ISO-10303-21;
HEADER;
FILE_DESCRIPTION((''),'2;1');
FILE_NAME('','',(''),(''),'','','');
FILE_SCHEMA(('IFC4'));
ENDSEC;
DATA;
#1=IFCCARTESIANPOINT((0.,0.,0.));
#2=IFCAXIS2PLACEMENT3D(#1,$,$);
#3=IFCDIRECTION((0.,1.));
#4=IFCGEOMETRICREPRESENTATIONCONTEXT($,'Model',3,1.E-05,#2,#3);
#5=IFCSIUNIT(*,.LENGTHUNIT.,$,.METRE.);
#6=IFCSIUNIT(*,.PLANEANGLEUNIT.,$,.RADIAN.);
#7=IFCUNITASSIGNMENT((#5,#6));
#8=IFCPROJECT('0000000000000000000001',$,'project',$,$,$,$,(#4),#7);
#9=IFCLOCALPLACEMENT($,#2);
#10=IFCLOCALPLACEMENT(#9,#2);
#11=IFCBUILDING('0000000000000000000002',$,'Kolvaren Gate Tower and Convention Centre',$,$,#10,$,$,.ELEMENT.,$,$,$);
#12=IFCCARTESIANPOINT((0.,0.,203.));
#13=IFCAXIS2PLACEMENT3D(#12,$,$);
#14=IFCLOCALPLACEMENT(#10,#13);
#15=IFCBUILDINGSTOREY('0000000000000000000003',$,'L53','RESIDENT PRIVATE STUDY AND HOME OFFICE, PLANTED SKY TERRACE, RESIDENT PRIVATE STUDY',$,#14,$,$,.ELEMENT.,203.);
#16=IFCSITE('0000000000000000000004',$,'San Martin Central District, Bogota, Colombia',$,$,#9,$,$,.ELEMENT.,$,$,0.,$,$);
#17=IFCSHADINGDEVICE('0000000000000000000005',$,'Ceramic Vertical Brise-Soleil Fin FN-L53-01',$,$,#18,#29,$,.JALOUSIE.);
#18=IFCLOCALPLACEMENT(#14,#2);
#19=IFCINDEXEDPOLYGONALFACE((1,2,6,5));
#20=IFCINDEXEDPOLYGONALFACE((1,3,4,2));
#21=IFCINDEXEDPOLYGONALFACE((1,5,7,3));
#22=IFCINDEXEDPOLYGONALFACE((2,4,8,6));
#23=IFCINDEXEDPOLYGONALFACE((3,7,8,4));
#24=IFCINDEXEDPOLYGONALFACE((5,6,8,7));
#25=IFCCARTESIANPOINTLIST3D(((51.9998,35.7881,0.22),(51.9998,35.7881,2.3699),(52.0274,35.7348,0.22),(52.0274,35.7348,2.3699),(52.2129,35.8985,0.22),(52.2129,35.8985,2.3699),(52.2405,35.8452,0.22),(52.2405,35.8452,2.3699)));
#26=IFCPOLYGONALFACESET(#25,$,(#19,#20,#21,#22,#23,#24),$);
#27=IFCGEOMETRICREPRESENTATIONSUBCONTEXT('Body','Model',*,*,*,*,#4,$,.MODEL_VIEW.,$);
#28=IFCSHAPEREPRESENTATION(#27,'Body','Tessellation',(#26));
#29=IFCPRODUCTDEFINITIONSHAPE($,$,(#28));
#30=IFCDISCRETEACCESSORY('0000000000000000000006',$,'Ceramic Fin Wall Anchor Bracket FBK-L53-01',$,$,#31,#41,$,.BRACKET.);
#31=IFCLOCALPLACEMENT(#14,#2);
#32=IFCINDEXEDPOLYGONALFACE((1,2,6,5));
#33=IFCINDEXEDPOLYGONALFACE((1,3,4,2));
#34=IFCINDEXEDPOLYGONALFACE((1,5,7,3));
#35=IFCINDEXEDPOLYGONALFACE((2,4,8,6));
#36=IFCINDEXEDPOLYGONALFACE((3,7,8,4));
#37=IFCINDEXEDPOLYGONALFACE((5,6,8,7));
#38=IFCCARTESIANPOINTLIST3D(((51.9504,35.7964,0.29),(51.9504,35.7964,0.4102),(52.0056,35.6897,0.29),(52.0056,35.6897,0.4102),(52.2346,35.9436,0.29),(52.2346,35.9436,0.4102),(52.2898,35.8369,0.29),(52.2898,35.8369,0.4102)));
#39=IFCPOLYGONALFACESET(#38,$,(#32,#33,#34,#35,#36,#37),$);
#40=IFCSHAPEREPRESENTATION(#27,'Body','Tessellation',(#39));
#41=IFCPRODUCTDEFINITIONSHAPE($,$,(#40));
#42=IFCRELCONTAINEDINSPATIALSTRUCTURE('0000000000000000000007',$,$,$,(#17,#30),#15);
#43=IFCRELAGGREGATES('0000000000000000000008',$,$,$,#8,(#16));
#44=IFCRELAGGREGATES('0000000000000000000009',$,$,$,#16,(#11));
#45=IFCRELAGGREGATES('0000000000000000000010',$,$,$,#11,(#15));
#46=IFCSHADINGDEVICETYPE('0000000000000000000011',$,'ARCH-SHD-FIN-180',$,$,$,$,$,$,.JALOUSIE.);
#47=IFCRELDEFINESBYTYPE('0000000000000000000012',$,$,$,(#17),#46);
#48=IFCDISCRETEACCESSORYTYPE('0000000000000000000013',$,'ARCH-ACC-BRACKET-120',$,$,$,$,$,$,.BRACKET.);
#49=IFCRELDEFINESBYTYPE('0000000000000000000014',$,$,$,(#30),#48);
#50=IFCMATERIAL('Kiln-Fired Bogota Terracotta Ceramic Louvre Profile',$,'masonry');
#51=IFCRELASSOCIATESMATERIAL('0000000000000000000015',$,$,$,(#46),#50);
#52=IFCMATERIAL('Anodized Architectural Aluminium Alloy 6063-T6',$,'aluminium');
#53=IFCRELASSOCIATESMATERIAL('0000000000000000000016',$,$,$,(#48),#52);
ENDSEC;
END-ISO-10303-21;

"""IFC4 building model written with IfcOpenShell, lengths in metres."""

from ifc_helpers import new_model, si_unit, direction, frame, origin, origin_2d, place, context, subcontext, project, spatial, rectangle, extrude, material, type_object, element, save


model = new_model("IFC4")

# Units and contexts
model_context = context("Model", 3, precision=1e-05, world=origin(), true_north=direction((0.0, 1.0)))
body_context = subcontext(model_context, "Body", "Model", "MODEL_VIEW")
ifc_project = project(units=[si_unit("LENGTHUNIT", "METRE"), si_unit("PLANEANGLEUNIT", "RADIAN")], contexts=[model_context])

# Site, building, storey
site_placement = place(None, origin())
site = spatial("IfcSite", under=ifc_project, at=site_placement, Name="San Martin Central District, Bogota, Colombia", CompositionType="ELEMENT", RefElevation=0.0)
building_placement = place(site_placement, origin())
building = spatial("IfcBuilding", under=site, at=building_placement, Name="Kolvaren Gate Tower and Convention Centre", CompositionType="ELEMENT")
storey_placement = place(building_placement, frame((0.0, 0.0, 203.0)))
storey = spatial("IfcBuildingStorey", under=building, at=storey_placement, Name="L53", Description="RESIDENT PRIVATE STUDY AND HOME OFFICE, PLANTED SKY TERRACE, RESIDENT PRIVATE STUDY", CompositionType="ELEMENT", Elevation=203.0)

# Shared definitions
ifc_material_1 = material(Name="Anodized Architectural Aluminium Alloy 6063-T6", Category="aluminium")

# Shading device
ifc_material_2 = material(Name="Kiln-Fired Bogota Terracotta Ceramic Louvre Profile", Category="masonry")
shading_device_type = type_object("IfcShadingDeviceType", Name="ARCH-SHD-FIN-180", PredefinedType="JALOUSIE", material=ifc_material_2)
shading_device_placement = place(storey_placement, frame((52.1201, 35.8167, 0.22), z_axis=(0.0, 0.0, 1.0), x_axis=(0.4598, -0.888023, 0.0)))
element("IfcShadingDevice", 1, at=shading_device_placement, inside=storey, type_object=shading_device_type, Name="Ceramic Vertical Brise-Soleil Fin FN-L53-01", PredefinedType="JALOUSIE", context=body_context, shape_type="SweptSolid", body=[
    extrude(rectangle(XDim=0.0601, YDim=0.24, at=origin_2d()), origin(), (0.0, 0.0, 1.0), 2.1499),
])

# Discrete accessory
discrete_accessory_type = type_object("IfcDiscreteAccessoryType", Name="ARCH-ACC-BRACKET-120", PredefinedType="BRACKET", material=ifc_material_1)
discrete_accessory_placement = place(storey_placement, frame((52.1201, 35.8167, 0.29), z_axis=(0.0, 0.0, 1.0), x_axis=(0.4598, -0.888023, 0.0)))
element("IfcDiscreteAccessory", 2, at=discrete_accessory_placement, inside=storey, type_object=discrete_accessory_type, Name="Ceramic Fin Wall Anchor Bracket FBK-L53-01", PredefinedType="BRACKET", context=body_context, shape_type="SweptSolid", body=[
    extrude(rectangle(XDim=0.1201, YDim=0.3201, at=origin_2d()), origin(), (0.0, 0.0, 1.0), 0.1201),
])

save(model, "model.ifc")
